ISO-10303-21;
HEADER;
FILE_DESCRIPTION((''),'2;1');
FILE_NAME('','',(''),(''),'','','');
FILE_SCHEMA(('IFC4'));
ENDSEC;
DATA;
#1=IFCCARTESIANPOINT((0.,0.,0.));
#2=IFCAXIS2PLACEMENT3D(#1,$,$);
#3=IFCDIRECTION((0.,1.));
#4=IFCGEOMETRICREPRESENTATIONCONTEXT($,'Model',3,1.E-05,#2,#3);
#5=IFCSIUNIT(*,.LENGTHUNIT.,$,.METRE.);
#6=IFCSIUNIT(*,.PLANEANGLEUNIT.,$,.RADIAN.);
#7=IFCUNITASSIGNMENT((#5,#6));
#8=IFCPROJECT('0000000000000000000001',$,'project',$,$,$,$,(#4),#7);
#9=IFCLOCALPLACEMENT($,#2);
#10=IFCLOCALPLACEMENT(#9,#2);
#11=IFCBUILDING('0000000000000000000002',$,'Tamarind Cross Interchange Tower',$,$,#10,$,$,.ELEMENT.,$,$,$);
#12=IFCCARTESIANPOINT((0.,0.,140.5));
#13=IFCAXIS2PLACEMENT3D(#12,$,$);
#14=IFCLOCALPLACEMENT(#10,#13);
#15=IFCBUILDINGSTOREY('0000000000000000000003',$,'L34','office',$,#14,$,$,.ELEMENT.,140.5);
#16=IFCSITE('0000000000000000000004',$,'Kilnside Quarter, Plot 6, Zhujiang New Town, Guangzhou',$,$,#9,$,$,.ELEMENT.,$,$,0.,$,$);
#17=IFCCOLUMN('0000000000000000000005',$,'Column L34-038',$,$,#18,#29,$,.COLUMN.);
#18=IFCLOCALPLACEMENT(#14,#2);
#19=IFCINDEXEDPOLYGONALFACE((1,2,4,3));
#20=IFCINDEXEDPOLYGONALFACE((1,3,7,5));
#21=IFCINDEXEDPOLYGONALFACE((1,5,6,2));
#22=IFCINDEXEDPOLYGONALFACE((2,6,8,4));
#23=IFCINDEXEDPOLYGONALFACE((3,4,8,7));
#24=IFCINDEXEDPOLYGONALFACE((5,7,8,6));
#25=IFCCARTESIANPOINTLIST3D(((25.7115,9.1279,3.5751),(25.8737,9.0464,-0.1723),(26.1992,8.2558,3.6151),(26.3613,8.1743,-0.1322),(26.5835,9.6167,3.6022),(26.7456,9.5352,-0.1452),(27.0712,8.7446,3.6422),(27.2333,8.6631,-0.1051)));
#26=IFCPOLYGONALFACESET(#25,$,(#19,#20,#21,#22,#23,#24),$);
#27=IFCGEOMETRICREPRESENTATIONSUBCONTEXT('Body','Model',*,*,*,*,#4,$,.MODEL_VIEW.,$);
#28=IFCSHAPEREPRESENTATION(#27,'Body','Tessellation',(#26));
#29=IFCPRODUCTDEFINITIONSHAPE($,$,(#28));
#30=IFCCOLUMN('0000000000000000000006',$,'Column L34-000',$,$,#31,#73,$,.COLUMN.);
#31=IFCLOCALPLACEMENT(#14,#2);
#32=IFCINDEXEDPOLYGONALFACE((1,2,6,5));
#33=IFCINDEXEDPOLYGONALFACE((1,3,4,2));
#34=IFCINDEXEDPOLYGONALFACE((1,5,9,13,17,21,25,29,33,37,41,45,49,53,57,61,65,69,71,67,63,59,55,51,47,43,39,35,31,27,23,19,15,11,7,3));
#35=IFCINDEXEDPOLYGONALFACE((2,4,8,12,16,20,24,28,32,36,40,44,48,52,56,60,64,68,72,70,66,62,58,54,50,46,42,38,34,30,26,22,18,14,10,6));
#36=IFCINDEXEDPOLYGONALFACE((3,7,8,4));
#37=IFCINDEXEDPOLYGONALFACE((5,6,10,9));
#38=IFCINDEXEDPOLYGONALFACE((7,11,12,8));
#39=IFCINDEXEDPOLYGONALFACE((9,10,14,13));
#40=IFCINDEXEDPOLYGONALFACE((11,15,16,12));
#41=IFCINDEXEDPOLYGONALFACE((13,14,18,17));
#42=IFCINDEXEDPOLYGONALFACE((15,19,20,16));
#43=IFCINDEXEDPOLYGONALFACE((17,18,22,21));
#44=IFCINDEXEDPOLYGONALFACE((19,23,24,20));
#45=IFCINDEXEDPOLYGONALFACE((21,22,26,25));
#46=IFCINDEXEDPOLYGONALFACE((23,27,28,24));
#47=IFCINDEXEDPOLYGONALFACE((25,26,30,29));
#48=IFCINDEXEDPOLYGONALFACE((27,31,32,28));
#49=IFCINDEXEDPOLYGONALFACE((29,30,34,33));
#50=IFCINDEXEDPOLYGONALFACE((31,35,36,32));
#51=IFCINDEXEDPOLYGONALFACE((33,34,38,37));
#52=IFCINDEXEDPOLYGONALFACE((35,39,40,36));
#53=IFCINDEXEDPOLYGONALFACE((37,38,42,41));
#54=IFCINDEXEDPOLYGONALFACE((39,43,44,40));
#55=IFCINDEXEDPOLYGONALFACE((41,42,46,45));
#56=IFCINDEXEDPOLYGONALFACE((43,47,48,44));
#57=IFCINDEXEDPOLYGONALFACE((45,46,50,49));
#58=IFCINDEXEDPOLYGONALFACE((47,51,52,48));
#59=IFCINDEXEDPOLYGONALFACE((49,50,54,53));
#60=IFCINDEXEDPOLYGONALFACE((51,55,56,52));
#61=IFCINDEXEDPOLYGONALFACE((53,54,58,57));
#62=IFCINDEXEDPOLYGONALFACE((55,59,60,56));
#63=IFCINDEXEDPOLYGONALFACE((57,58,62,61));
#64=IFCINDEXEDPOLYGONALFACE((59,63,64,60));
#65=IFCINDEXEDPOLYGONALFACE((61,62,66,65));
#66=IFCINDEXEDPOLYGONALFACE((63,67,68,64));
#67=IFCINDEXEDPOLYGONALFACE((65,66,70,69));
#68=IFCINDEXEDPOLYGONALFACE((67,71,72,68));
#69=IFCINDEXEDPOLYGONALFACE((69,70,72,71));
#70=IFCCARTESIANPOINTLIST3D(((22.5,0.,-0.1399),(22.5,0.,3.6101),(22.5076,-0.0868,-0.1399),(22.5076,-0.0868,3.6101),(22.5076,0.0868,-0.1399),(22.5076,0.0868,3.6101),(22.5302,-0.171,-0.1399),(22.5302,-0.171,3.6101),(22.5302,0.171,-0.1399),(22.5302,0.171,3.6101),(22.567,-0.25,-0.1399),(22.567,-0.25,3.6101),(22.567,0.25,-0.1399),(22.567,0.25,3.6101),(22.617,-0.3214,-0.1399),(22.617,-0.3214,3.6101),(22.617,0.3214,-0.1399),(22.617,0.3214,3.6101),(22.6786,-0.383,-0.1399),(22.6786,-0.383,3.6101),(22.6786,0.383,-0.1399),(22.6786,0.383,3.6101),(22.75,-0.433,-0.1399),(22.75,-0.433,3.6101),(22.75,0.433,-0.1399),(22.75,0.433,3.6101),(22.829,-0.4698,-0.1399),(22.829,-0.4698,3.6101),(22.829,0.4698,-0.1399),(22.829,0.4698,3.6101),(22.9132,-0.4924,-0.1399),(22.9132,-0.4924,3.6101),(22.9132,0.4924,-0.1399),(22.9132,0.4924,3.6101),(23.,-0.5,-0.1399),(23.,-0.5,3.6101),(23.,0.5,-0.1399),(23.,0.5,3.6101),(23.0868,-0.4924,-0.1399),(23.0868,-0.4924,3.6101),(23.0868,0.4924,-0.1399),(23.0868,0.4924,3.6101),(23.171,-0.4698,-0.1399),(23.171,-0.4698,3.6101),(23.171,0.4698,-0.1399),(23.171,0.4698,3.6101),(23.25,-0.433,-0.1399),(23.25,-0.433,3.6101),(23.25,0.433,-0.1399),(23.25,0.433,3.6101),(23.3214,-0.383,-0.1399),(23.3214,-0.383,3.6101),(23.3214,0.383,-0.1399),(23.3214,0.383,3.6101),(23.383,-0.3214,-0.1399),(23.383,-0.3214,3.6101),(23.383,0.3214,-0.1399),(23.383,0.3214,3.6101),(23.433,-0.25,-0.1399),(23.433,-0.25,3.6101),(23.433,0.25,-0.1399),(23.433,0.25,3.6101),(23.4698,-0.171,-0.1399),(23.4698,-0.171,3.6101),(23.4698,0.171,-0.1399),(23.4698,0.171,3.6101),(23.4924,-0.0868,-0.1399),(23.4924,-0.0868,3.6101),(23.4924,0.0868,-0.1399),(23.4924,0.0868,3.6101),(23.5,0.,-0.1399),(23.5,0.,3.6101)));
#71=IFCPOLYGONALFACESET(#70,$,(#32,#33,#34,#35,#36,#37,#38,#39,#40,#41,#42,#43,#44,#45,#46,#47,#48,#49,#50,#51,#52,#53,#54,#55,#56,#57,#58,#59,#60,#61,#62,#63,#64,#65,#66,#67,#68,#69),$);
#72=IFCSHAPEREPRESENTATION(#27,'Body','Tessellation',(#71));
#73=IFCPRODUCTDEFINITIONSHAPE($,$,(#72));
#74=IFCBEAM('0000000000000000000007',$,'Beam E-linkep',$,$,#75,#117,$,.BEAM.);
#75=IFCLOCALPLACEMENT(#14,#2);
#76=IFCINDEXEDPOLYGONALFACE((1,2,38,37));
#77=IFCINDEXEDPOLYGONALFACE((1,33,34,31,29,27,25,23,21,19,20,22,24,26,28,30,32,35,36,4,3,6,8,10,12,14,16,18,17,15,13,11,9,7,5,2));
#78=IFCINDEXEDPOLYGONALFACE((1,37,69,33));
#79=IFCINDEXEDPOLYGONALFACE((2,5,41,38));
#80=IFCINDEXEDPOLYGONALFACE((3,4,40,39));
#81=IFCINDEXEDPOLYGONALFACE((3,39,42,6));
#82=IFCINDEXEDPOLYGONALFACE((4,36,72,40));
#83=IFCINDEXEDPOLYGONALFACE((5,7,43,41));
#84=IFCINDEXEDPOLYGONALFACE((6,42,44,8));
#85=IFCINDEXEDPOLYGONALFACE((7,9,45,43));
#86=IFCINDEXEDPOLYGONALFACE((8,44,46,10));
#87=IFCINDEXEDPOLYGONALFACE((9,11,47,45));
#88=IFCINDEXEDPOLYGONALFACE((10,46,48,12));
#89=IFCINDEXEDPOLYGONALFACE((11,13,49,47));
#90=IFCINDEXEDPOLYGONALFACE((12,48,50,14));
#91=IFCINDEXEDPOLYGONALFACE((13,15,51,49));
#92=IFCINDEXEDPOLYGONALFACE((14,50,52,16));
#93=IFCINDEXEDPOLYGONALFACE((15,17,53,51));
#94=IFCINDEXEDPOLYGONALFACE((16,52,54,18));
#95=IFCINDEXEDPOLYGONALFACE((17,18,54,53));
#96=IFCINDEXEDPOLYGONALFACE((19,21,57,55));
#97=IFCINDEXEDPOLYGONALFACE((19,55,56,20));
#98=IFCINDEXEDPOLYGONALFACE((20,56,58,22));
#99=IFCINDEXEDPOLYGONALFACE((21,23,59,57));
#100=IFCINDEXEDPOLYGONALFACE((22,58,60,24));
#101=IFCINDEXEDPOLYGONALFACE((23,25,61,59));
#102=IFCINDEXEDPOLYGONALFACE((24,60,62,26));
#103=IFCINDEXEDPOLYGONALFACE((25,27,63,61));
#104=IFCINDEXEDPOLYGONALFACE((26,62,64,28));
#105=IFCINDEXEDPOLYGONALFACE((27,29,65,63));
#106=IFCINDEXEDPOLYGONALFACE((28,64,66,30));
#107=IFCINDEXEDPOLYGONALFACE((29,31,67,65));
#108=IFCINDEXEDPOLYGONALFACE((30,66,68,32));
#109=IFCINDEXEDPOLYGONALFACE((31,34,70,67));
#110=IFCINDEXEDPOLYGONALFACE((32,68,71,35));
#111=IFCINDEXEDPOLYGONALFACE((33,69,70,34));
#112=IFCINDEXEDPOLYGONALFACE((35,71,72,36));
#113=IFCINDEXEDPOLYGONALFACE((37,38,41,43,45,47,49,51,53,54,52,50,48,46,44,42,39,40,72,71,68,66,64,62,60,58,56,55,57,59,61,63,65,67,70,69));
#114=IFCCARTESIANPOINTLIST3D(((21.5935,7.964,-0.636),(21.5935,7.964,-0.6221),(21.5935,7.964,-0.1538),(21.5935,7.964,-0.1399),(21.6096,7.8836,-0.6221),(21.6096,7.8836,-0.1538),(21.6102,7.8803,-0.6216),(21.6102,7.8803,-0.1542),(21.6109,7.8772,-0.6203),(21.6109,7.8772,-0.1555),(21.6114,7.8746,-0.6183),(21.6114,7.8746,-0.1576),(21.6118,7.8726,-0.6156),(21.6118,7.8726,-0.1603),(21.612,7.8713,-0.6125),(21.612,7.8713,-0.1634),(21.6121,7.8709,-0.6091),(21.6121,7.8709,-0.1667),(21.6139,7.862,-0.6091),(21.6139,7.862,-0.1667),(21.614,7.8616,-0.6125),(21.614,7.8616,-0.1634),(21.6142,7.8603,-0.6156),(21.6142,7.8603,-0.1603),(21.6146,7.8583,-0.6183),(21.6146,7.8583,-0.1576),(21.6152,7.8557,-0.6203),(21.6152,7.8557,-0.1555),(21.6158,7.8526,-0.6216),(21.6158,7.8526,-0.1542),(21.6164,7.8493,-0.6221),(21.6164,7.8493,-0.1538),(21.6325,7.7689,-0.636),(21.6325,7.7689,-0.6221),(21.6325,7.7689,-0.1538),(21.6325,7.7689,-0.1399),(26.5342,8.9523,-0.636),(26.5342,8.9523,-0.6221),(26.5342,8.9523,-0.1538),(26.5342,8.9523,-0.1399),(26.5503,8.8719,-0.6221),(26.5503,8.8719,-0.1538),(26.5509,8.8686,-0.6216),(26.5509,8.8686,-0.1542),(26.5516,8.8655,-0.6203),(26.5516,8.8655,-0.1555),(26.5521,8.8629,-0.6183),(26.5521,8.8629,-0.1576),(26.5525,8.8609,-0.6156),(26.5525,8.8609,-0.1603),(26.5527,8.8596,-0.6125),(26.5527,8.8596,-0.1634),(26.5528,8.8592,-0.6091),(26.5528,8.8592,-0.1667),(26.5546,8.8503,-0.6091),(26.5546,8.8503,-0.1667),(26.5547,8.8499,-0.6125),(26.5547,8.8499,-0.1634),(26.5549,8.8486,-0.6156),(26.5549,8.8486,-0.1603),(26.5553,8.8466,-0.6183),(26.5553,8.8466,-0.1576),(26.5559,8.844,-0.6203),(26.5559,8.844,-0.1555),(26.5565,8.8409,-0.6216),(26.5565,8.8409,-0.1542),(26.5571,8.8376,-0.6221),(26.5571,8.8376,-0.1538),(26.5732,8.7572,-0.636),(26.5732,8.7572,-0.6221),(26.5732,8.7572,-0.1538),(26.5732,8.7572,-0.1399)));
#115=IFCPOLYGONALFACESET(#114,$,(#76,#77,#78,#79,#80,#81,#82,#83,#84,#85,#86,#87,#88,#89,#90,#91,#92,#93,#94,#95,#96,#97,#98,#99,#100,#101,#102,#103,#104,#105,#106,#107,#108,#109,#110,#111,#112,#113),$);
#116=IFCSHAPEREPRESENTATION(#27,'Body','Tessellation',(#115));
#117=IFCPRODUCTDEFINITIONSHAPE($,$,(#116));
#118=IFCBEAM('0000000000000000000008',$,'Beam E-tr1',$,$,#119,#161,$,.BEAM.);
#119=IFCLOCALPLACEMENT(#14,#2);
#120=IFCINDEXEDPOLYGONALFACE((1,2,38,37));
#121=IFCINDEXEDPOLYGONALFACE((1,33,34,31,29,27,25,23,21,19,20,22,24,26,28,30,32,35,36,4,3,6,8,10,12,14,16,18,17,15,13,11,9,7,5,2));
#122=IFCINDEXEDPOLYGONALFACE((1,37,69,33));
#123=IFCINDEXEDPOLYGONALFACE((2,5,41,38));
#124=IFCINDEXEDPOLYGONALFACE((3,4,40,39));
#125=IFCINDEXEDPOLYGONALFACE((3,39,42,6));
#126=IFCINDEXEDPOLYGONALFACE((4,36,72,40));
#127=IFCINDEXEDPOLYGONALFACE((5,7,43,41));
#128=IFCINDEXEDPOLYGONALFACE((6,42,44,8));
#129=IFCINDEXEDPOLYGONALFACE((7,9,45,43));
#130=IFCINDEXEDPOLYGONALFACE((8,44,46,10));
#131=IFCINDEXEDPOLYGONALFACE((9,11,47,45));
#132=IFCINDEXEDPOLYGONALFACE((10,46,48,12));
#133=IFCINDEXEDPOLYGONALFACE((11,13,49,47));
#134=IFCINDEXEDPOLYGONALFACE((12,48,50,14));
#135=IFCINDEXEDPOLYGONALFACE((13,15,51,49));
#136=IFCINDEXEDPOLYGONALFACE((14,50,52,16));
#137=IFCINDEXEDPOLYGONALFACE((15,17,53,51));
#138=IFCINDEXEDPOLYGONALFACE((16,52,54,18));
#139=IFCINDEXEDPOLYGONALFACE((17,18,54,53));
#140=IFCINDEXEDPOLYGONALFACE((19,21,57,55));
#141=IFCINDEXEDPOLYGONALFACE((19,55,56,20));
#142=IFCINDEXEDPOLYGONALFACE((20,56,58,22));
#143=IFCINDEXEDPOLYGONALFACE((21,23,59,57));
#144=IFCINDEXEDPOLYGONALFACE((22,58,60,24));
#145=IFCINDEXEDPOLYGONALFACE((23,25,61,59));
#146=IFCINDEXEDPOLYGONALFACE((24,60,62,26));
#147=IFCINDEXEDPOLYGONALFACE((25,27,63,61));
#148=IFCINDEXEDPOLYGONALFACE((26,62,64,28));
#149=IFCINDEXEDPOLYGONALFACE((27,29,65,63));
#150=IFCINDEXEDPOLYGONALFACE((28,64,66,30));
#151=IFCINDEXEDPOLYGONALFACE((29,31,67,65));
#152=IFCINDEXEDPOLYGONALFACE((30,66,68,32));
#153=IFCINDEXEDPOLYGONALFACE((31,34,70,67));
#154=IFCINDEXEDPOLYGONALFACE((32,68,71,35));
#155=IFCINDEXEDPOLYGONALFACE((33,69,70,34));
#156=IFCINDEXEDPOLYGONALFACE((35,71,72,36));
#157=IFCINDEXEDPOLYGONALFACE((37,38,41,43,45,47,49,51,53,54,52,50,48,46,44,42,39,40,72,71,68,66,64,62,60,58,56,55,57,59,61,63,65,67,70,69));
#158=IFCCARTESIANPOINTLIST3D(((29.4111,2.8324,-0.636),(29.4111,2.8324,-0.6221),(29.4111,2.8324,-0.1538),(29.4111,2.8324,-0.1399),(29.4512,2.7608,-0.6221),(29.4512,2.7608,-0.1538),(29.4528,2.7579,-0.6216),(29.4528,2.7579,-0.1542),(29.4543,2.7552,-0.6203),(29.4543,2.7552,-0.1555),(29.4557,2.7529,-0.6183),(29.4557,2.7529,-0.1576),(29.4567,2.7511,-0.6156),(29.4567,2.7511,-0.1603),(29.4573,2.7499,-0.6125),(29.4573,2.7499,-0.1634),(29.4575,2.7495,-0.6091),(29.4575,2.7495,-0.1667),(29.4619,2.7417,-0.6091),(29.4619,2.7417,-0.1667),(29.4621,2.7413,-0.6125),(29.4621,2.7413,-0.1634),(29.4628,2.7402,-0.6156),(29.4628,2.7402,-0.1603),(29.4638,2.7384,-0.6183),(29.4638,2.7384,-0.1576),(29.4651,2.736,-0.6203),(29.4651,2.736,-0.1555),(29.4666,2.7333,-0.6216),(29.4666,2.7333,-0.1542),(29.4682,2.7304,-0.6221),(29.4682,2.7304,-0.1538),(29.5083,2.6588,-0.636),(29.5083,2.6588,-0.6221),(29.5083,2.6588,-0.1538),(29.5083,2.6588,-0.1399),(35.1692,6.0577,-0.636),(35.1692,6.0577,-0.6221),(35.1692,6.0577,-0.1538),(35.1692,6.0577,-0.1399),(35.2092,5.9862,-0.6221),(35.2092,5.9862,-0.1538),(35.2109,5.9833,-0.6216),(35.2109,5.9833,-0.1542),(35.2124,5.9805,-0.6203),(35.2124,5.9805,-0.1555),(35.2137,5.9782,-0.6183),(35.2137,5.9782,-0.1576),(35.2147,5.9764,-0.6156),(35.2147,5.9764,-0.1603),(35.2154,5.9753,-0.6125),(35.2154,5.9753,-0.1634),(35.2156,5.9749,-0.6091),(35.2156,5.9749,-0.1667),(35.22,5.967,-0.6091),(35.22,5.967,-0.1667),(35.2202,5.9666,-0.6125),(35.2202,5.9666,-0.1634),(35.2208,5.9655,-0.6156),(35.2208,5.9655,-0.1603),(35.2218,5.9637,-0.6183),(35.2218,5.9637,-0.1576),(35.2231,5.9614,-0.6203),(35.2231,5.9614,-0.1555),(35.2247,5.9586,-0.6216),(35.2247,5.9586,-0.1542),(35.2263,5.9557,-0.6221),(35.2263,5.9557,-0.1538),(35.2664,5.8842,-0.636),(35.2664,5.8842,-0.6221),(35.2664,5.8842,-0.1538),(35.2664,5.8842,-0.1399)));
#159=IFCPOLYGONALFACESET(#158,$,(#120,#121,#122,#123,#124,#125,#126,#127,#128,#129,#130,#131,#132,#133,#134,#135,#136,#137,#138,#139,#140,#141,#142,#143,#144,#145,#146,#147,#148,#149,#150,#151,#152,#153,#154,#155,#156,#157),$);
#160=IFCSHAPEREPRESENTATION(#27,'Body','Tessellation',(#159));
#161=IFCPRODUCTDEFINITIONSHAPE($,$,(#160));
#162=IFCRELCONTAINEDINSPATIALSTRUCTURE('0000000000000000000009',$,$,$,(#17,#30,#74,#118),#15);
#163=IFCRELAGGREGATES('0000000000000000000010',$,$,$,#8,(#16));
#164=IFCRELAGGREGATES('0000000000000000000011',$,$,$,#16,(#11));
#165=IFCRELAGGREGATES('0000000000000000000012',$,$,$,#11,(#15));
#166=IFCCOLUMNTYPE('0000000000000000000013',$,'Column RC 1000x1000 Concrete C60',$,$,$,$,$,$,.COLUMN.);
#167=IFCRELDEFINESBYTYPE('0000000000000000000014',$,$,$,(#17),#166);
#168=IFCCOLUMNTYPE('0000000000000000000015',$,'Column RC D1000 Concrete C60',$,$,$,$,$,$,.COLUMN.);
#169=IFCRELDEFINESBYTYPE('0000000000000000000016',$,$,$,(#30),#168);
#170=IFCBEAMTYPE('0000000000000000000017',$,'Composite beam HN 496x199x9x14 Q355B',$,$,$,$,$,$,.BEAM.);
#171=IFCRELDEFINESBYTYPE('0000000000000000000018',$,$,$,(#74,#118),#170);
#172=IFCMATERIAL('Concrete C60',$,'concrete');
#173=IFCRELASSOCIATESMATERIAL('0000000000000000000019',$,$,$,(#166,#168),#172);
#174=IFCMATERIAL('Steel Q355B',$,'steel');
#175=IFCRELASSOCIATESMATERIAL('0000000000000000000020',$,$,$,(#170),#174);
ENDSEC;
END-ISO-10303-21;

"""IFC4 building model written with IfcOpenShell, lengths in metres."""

from ifc_helpers import new_model, si_unit, direction, frame, origin, origin_2d, place, context, subcontext, project, spatial, rectangle, circle, i_section, extrude, material, material_profile, profile_set, type_object, element, save


model = new_model("IFC4")

# Units and contexts
model_context = context("Model", 3, precision=1e-05, world=origin(), true_north=direction((0.0, 1.0)))
body_context = subcontext(model_context, "Body", "Model", "MODEL_VIEW")
ifc_project = project(units=[si_unit("LENGTHUNIT", "METRE"), si_unit("PLANEANGLEUNIT", "RADIAN")], contexts=[model_context])

# Site, building, storey
site_placement = place(None, origin())
site = spatial("IfcSite", under=ifc_project, at=site_placement, Name="Kilnside Quarter, Plot 6, Zhujiang New Town, Guangzhou", CompositionType="ELEMENT", RefElevation=0.0)
building_placement = place(site_placement, origin())
building = spatial("IfcBuilding", under=site, at=building_placement, Name="Tamarind Cross Interchange Tower", CompositionType="ELEMENT")
storey_placement = place(building_placement, frame((0.0, 0.0, 140.5)))
storey = spatial("IfcBuildingStorey", under=building, at=storey_placement, Name="L34", Description="office", CompositionType="ELEMENT", Elevation=140.5)

# Columns
ifc_material_1 = material(Name="Concrete C60", Category="concrete")
ifc_material_profile_1 = material_profile(ifc_material_1, rectangle(XDim=1.0, YDim=1.0, at=origin_2d()), Name="RC 1000x1000")
ifc_profile_set_1 = profile_set([ifc_material_profile_1], Name="Concrete C60")
column_type_1 = type_object("IfcColumnType", Name="Column RC 1000x1000 Concrete C60", PredefinedType="COLUMN", material=ifc_profile_set_1)
column_1_placement = place(storey_placement, frame((26.5535, 8.8547, -0.1387), z_axis=(-0.04321, 0.021735, 0.99883), x_axis=(0.487666, -0.87211, 0.040074)))
element("IfcColumn", 1, at=column_1_placement, inside=storey, type_object=column_type_1, Name="Column L34-038", PredefinedType="COLUMN", context=body_context, shape_type="SweptSolid", body=[
    extrude(rectangle(XDim=1.0, YDim=1.0, at=origin_2d()), origin(), (0.0, 0.0, 1.0), 3.7517),
])
ifc_material_profile_2 = material_profile(ifc_material_1, circle(Radius=0.5, at=origin_2d()), Name="RC D1000")
ifc_profile_set_2 = profile_set([ifc_material_profile_2], Name="Concrete C60")
column_type_2 = type_object("IfcColumnType", Name="Column RC D1000 Concrete C60", PredefinedType="COLUMN", material=ifc_profile_set_2)
column_2_placement = place(storey_placement, frame((23.0, 0.0, -0.1399), z_axis=(0.0, 0.0, 1.0), x_axis=(1.0, 0.0, 0.0)))
element("IfcColumn", 2, at=column_2_placement, inside=storey, type_object=column_type_2, Name="Column L34-000", PredefinedType="COLUMN", context=body_context, shape_type="SweptSolid", body=[
    extrude(circle(Radius=0.5, at=origin_2d()), origin(), (0.0, 0.0, 1.0), 3.75),
])

# Beams
ifc_material_2 = material(Name="Steel Q355B", Category="steel")
ifc_material_profile_3 = material_profile(ifc_material_2, i_section(OverallWidth=0.199, OverallDepth=0.4961, WebThickness=0.009, FlangeThickness=0.0139, FilletRadius=0.0129, at=origin_2d()), Name="HN 496x199x9x14")
ifc_profile_set_3 = profile_set([ifc_material_profile_3], Name="Steel Q355B")
beam_type_1 = type_object("IfcBeamType", Name="Composite beam HN 496x199x9x14 Q355B", PredefinedType="BEAM", material=ifc_profile_set_3)
beam_1_placement = place(storey_placement, frame((26.5537, 8.8547, -0.3879), z_axis=(-0.980575, -0.196144, 0.0), x_axis=(0.196144, -0.980575, 0.0)))
element("IfcBeam", 3, at=beam_1_placement, inside=storey, type_object=beam_type_1, Name="Beam E-linkep", PredefinedType="BEAM", context=body_context, shape_type="SweptSolid", body=[
    extrude(i_section(OverallWidth=0.199, OverallDepth=0.4961, WebThickness=0.009, FlangeThickness=0.0139, FilletRadius=0.0129, at=origin_2d()), origin(), (0.0, 0.0, 1.0), 5.0386),
])
beam_2_placement = place(storey_placement, frame((29.4597, 2.7456, -0.3879), z_axis=(0.872452, 0.488699, 0.0), x_axis=(-0.488699, 0.872452, 0.0)))
element("IfcBeam", 4, at=beam_2_placement, inside=storey, type_object=beam_type_1, Name="Beam E-tr1", PredefinedType="BEAM", context=body_context, shape_type="SweptSolid", body=[
    extrude(i_section(OverallWidth=0.199, OverallDepth=0.4961, WebThickness=0.009, FlangeThickness=0.0139, FilletRadius=0.0129, at=origin_2d()), origin(), (0.0, 0.0, 1.0), 6.5999),
])

save(model, "model.ifc")
